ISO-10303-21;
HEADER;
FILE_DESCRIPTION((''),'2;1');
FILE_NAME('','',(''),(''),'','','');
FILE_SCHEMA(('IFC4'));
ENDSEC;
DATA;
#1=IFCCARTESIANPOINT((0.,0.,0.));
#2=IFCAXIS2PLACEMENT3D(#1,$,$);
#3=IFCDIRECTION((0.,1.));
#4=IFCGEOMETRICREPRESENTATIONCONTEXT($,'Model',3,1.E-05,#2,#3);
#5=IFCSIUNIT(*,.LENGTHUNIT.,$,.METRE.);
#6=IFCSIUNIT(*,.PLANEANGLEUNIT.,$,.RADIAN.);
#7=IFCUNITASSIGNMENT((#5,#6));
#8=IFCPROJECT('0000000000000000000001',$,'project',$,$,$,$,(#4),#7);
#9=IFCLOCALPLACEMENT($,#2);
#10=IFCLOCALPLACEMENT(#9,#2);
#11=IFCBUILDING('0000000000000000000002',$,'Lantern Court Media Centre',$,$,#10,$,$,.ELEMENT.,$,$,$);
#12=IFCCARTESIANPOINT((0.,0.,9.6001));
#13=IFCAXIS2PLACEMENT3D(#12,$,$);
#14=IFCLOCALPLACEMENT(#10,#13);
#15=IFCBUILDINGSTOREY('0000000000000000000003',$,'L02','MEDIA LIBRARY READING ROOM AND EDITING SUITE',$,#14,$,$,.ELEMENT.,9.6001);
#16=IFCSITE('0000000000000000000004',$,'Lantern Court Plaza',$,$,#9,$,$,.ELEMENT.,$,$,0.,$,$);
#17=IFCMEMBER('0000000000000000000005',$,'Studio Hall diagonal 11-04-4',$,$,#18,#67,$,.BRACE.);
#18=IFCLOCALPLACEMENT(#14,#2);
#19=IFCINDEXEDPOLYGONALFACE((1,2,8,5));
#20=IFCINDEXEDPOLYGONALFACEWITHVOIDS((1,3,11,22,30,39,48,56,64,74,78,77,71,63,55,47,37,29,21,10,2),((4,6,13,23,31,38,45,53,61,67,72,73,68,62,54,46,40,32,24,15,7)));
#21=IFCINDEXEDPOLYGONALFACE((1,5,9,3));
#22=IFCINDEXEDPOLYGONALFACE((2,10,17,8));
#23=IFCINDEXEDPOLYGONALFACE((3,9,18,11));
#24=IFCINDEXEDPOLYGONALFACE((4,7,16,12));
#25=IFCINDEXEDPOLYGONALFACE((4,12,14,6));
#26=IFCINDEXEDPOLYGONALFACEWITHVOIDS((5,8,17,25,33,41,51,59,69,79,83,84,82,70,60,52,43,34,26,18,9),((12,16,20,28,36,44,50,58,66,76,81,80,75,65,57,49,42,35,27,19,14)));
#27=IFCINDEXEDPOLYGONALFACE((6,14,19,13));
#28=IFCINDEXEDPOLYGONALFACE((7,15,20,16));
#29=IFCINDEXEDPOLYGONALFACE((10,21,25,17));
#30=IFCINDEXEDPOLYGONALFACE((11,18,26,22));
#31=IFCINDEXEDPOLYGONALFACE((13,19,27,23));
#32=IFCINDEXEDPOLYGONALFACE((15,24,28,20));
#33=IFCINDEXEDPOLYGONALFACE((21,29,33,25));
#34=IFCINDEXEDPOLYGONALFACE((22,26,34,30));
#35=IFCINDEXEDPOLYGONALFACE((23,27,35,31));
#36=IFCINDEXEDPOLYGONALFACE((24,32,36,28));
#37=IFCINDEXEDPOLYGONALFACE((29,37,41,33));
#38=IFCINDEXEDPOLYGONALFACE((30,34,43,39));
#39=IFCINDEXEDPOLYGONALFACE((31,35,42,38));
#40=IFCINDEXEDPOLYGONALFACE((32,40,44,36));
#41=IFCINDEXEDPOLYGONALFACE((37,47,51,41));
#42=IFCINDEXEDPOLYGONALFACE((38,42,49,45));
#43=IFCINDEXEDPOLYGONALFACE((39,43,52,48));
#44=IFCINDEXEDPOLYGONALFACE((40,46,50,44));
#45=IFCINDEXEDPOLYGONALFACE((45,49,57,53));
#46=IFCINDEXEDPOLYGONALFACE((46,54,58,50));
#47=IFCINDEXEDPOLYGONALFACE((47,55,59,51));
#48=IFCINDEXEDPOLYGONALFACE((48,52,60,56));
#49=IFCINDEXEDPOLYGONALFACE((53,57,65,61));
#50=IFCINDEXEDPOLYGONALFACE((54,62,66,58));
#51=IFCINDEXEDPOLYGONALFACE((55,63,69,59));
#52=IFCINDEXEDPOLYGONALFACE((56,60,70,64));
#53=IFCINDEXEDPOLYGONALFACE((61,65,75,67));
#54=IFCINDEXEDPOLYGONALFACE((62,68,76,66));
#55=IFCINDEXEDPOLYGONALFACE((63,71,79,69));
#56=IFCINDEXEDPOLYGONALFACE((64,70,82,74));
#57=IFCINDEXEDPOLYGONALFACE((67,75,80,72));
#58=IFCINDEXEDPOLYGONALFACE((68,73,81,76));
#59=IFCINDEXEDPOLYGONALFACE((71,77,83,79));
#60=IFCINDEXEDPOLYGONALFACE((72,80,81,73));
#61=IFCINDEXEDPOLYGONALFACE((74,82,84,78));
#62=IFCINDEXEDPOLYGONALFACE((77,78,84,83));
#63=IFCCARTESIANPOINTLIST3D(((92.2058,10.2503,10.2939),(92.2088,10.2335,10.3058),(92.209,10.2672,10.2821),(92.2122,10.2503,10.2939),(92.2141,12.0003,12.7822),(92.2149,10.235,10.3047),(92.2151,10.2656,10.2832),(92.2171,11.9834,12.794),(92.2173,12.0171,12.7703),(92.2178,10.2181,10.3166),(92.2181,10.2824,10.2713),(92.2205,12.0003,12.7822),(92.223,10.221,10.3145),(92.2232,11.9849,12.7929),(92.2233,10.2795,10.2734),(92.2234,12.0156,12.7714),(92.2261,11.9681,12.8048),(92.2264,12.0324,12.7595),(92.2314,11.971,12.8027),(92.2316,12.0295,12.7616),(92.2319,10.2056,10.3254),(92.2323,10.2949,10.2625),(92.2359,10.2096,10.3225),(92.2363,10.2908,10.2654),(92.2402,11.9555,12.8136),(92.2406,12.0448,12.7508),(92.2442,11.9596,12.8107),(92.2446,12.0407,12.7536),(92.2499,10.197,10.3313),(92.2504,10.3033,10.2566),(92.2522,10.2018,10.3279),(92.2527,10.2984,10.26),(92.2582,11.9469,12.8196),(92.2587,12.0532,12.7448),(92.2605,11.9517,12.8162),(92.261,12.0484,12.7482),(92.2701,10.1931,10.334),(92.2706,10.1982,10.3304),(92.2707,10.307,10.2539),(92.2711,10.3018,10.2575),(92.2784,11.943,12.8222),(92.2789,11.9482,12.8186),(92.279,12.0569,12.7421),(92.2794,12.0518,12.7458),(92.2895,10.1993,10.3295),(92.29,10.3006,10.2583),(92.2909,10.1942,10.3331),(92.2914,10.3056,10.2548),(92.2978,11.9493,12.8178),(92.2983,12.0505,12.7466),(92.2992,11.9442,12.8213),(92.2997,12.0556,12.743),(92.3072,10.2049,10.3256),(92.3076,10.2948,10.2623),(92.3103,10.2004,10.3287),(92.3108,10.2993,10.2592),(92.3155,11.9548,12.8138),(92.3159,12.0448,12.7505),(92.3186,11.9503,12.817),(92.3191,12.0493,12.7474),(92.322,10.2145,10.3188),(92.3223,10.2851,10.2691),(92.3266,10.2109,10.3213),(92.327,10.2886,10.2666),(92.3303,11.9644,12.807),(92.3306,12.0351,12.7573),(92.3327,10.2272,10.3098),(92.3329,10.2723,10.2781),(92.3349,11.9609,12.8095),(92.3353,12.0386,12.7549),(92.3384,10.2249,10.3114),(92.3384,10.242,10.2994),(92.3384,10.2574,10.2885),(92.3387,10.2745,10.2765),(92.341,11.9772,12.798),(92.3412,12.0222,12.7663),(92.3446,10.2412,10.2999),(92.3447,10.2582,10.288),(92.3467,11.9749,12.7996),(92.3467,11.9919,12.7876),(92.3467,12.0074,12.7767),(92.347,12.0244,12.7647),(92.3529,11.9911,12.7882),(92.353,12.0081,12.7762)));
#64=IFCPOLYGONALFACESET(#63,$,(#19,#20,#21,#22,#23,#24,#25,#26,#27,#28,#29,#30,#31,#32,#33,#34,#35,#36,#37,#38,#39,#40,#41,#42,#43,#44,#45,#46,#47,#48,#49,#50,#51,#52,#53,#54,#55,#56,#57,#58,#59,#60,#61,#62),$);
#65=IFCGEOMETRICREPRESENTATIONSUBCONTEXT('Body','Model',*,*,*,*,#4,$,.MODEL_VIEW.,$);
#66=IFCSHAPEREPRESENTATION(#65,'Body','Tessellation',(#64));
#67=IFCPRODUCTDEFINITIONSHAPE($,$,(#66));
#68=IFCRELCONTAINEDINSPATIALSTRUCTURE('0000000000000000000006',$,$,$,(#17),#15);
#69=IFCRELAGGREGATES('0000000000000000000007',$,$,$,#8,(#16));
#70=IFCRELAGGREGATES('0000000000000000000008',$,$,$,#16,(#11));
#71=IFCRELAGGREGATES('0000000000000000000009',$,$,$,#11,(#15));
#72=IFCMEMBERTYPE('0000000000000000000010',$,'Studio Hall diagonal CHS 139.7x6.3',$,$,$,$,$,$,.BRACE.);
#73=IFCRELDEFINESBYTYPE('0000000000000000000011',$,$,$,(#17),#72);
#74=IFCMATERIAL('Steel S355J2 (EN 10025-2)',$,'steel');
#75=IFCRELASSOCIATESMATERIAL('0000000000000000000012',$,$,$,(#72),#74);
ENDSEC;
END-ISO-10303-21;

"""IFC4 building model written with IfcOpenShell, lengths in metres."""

from ifc_helpers import new_model, si_unit, direction, frame, origin, origin_2d, place, context, subcontext, project, spatial, hollow_circle, extrude, material, material_profile, profile_set, type_object, element, save


model = new_model("IFC4")

# Units and contexts
model_context = context("Model", 3, precision=1e-05, world=origin(), true_north=direction((0.0, 1.0)))
body_context = subcontext(model_context, "Body", "Model", "MODEL_VIEW")
ifc_project = project(units=[si_unit("LENGTHUNIT", "METRE"), si_unit("PLANEANGLEUNIT", "RADIAN")], contexts=[model_context])

# Site, building, storey
site_placement = place(None, origin())
site = spatial("IfcSite", under=ifc_project, at=site_placement, Name="Lantern Court Plaza", CompositionType="ELEMENT", RefElevation=0.0)
building_placement = place(site_placement, origin())
building = spatial("IfcBuilding", under=site, at=building_placement, Name="Lantern Court Media Centre", CompositionType="ELEMENT")
storey_placement = place(building_placement, frame((0.0, 0.0, 9.6001)))
storey = spatial("IfcBuildingStorey", under=building, at=storey_placement, Name="L02", Description="MEDIA LIBRARY READING ROOM AND EDITING SUITE", CompositionType="ELEMENT", Elevation=9.6001)

# Member
ifc_material = material(Name="Steel S355J2 (EN 10025-2)", Category="steel")
ifc_material_profile_1 = material_profile(ifc_material, hollow_circle(Radius=0.0698, WallThickness=0.0063, at=origin_2d()), Name="Studio Hall diagonal CHS 139.7x6.3")
ifc_profile_set_1 = profile_set([ifc_material_profile_1], Name="Steel S355J2 (EN 10025-2)")
member_type_1 = type_object("IfcMemberType", Name="Studio Hall diagonal CHS 139.7x6.3", PredefinedType="BRACE", material=ifc_profile_set_1)
for number, where, z_axis, x_axis, name in (
    (1, (92.2756, 10.25, 10.2939), (0.002729, 0.575269, 0.81796), (-0.999989, 0.004743, 0.0), "Studio Hall diagonal 11-04-4"),
):
    element("IfcMember", number, at=place(storey_placement, frame(where, z_axis=z_axis, x_axis=x_axis)), inside=storey, type_object=member_type_1, Name=name, PredefinedType="BRACE", context=body_context, shape_type="SweptSolid", body=[
        extrude(hollow_circle(Radius=0.0698, WallThickness=0.0063, at=origin_2d()), origin(), (0.0, 0.0, 1.0), 3.042),
    ])

save(model, "model.ifc")
